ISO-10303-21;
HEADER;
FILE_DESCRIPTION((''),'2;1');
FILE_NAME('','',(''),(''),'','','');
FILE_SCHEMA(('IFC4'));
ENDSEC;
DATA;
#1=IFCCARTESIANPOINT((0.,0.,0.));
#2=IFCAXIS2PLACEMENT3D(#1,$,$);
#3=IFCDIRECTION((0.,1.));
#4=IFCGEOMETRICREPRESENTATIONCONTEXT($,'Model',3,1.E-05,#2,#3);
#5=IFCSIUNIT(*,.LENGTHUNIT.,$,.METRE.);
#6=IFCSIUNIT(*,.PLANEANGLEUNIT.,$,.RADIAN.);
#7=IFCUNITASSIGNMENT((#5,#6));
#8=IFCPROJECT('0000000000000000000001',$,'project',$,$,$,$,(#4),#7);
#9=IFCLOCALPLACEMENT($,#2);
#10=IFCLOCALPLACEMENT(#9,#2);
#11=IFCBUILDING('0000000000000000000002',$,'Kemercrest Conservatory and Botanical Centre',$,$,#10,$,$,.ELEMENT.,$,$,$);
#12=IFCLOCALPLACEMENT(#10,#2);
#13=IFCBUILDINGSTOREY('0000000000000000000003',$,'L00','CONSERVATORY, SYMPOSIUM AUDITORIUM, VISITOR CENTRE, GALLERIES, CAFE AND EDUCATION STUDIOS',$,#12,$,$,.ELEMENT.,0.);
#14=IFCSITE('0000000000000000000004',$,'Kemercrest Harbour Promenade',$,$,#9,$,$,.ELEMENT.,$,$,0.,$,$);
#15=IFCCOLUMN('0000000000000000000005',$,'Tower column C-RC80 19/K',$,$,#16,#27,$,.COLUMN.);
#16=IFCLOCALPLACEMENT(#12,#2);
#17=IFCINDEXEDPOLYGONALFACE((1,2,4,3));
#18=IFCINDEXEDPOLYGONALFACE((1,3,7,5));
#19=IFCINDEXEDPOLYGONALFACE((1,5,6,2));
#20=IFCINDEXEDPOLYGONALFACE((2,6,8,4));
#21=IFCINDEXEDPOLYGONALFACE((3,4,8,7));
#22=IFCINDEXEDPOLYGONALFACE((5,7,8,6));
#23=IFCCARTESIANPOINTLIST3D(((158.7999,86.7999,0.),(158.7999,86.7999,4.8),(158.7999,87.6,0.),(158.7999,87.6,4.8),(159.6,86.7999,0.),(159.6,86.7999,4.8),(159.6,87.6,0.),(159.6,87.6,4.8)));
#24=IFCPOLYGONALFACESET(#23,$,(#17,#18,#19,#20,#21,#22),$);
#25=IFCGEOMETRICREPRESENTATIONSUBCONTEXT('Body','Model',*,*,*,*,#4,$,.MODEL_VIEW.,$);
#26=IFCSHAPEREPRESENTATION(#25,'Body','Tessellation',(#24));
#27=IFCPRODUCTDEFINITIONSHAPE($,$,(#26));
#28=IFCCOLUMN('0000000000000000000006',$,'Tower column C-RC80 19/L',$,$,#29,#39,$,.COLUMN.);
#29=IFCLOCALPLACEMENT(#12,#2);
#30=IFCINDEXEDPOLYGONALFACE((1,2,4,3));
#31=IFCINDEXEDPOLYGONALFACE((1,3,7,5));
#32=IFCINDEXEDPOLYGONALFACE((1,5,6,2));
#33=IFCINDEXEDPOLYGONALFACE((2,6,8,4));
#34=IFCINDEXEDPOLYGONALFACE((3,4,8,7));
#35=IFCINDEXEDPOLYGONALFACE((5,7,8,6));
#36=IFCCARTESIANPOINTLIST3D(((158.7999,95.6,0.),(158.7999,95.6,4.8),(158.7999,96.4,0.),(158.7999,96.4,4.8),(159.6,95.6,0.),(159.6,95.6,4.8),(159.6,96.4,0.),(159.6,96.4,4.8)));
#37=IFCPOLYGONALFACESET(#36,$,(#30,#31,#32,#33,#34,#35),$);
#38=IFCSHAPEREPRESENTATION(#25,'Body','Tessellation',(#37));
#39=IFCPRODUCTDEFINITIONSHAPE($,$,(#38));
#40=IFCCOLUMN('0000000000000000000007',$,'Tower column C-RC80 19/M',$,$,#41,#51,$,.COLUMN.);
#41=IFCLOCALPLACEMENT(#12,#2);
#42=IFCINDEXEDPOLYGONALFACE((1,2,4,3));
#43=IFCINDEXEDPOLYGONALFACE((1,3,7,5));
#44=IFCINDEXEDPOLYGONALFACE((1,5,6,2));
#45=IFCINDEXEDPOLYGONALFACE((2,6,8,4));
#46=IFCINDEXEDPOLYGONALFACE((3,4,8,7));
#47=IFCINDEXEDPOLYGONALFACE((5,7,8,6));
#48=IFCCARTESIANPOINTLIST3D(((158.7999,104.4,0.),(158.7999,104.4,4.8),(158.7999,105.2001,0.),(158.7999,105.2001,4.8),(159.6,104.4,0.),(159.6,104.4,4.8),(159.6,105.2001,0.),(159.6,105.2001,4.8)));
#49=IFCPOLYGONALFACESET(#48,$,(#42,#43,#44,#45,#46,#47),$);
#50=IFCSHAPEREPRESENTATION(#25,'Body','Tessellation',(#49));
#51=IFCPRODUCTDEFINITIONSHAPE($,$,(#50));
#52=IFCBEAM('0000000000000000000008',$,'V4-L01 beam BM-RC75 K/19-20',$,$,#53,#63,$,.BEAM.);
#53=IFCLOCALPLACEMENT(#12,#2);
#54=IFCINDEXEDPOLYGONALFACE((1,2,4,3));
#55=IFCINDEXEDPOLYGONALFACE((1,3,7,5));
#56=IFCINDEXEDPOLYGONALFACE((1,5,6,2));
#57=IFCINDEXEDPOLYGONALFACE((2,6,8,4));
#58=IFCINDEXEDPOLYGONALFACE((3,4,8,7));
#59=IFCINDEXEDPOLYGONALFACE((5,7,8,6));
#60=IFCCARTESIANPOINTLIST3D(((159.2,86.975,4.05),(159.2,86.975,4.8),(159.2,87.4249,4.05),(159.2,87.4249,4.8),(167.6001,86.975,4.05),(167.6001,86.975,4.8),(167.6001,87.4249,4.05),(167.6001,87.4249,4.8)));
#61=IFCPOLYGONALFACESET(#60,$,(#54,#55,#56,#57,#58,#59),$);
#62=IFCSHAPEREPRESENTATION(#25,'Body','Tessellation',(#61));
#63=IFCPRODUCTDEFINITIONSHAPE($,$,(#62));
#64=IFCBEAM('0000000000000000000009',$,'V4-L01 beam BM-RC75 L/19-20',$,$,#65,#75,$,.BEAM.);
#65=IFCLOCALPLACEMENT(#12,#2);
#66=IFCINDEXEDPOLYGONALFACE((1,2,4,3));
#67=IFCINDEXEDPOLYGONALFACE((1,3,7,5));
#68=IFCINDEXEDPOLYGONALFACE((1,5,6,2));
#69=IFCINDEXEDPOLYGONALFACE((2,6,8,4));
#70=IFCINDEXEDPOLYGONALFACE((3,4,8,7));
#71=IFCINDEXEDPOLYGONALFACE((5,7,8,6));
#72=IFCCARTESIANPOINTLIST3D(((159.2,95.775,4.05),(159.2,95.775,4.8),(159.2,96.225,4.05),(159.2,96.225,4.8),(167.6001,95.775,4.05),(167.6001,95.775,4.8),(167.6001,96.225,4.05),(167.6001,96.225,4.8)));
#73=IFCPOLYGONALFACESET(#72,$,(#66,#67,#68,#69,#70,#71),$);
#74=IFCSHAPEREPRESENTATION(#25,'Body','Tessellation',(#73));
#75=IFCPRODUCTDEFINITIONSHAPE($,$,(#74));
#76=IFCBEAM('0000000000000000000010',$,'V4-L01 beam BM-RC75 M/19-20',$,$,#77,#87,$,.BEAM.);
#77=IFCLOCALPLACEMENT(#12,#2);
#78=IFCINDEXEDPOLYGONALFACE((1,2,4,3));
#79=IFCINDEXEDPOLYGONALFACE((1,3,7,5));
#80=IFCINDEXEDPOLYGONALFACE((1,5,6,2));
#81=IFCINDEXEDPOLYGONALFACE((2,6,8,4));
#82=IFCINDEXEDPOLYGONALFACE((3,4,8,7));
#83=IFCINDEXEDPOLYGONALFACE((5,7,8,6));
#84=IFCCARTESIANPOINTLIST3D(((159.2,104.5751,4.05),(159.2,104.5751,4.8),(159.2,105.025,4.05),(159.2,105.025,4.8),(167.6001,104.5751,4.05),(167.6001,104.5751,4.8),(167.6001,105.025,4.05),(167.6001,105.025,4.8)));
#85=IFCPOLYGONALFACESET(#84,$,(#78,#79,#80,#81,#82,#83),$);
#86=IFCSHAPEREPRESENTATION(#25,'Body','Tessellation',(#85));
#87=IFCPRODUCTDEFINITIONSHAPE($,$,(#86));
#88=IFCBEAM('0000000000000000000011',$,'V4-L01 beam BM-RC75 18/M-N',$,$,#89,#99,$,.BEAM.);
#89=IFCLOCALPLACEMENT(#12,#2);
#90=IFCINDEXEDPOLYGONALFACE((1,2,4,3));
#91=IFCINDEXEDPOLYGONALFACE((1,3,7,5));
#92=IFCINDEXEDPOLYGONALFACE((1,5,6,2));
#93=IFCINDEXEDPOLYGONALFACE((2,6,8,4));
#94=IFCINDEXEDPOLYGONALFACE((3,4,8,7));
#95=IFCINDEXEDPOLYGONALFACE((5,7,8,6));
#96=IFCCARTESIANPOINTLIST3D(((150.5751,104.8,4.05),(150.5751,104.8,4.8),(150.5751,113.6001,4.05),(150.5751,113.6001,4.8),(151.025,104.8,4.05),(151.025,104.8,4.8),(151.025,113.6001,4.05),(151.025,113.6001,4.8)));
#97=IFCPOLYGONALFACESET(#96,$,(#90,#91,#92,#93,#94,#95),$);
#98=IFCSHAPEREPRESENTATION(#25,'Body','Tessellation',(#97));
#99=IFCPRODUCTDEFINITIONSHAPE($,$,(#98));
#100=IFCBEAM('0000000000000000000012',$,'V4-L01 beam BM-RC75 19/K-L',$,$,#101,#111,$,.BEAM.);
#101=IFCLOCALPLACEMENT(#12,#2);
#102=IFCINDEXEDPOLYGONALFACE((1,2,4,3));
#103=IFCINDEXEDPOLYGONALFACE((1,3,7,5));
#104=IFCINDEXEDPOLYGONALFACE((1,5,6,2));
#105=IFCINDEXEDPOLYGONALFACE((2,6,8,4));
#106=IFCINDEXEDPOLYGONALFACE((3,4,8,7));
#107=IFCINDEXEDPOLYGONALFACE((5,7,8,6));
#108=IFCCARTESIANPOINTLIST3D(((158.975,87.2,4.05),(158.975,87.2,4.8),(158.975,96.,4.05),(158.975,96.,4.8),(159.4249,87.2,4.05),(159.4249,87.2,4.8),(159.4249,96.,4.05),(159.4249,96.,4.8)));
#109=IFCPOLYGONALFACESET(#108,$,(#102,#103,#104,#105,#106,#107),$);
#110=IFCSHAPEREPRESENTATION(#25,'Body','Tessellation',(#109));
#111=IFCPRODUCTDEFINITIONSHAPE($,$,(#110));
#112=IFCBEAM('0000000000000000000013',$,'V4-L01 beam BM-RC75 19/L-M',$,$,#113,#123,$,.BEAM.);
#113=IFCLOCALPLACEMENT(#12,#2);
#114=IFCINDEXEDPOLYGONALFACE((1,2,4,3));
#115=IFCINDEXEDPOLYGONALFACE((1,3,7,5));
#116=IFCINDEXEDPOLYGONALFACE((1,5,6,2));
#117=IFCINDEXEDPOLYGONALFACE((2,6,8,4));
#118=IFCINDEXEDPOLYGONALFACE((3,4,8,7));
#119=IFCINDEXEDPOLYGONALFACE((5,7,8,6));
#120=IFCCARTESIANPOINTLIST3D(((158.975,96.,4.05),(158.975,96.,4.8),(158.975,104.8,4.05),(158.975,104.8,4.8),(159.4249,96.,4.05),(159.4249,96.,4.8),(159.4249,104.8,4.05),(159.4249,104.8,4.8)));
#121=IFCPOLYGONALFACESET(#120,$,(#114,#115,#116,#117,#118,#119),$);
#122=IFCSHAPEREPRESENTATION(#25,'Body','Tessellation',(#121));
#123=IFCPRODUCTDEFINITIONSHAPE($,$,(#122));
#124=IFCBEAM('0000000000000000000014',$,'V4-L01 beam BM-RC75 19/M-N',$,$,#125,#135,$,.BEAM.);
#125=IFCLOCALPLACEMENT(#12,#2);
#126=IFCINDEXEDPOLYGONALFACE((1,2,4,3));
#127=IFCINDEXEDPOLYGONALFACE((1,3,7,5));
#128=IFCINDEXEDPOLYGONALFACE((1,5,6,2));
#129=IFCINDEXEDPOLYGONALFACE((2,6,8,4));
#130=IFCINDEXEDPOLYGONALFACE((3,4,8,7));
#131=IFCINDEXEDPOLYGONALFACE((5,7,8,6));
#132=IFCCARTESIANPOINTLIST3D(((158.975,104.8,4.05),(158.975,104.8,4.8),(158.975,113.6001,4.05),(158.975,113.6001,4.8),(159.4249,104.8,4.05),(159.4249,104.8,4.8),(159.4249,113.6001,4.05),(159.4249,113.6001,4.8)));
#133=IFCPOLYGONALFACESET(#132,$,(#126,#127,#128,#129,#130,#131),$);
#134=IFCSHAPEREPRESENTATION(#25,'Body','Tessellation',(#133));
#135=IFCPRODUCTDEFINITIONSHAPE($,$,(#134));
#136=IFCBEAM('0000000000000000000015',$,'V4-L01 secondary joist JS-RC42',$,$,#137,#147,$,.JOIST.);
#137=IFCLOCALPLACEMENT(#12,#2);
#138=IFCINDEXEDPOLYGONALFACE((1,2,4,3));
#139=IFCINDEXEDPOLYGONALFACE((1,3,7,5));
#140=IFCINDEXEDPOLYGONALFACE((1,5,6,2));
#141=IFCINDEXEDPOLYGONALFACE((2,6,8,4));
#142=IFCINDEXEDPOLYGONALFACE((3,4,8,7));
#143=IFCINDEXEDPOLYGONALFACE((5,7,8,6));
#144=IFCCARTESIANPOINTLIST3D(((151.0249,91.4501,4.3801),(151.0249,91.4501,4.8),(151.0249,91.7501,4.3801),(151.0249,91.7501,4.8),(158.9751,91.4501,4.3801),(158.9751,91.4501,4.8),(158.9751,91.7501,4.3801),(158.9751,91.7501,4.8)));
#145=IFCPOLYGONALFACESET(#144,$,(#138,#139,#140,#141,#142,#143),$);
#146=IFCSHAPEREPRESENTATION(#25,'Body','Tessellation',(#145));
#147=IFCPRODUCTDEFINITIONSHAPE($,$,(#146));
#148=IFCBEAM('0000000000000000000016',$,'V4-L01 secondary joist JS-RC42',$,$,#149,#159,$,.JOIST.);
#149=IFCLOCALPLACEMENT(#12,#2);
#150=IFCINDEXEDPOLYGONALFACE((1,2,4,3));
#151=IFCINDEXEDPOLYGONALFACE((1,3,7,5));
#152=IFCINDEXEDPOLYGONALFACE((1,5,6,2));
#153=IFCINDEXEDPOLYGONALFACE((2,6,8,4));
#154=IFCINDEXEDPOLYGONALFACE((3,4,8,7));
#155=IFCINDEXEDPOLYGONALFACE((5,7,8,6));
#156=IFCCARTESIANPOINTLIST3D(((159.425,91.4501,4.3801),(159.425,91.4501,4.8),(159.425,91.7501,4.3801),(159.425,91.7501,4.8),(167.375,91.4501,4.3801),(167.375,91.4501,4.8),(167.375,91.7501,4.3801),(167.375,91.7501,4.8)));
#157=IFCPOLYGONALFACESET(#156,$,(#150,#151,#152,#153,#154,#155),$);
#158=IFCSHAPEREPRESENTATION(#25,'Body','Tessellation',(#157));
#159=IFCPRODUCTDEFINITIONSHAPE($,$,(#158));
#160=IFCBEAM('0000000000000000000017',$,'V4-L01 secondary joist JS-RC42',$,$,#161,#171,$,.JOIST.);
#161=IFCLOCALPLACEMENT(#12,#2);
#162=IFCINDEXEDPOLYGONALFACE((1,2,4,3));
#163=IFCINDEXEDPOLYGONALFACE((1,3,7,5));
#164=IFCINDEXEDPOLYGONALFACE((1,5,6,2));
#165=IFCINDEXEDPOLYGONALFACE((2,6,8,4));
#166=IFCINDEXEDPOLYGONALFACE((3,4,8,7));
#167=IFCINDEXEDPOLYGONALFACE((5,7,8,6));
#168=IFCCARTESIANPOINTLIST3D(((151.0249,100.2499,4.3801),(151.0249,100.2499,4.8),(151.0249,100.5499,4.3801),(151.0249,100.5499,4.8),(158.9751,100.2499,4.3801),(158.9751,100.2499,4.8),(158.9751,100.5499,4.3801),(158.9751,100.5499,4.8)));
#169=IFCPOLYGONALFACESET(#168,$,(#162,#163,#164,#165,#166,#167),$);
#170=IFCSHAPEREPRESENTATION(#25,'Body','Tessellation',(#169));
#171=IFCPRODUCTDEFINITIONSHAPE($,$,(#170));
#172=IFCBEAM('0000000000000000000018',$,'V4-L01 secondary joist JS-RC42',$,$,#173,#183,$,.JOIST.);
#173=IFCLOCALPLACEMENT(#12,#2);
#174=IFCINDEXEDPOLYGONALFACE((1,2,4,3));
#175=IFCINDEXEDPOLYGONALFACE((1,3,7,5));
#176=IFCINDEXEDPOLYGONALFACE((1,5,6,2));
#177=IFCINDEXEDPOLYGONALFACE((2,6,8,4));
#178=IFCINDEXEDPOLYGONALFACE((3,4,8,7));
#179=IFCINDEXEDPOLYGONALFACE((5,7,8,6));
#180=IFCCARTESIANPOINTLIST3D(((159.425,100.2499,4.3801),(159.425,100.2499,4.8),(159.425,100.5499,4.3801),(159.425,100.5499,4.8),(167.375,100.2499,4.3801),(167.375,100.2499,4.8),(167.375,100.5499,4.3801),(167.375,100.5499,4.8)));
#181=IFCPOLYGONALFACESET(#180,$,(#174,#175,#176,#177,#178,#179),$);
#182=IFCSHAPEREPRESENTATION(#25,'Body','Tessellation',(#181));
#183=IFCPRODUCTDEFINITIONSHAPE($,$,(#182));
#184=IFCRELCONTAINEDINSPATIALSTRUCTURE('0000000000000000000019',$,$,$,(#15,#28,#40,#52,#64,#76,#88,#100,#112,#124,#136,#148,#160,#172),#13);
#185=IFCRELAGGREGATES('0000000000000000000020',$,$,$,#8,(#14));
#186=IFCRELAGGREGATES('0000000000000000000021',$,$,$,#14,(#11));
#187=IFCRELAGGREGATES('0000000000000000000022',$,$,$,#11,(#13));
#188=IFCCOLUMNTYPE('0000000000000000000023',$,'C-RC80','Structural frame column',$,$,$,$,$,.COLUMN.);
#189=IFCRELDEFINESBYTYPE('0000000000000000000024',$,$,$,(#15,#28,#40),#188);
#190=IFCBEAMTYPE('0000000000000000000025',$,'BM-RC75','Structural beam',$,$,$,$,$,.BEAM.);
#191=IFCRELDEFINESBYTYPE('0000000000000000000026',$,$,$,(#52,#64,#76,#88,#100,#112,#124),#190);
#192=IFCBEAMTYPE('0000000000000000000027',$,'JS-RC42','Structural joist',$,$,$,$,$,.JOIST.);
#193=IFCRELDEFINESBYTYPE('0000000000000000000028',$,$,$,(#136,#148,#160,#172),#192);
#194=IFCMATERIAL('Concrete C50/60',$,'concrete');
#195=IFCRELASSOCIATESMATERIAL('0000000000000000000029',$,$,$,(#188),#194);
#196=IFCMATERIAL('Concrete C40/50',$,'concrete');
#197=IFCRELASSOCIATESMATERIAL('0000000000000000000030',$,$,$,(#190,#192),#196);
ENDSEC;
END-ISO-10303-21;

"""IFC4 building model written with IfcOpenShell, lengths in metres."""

from ifc_helpers import new_model, si_unit, direction, frame, origin, origin_2d, place, context, subcontext, project, spatial, rectangle, extrude, material, material_profile, profile_set, type_object, element, save


model = new_model("IFC4")

# Units and contexts
model_context = context("Model", 3, precision=1e-05, world=origin(), true_north=direction((0.0, 1.0)))
body_context = subcontext(model_context, "Body", "Model", "MODEL_VIEW")
ifc_project = project(units=[si_unit("LENGTHUNIT", "METRE"), si_unit("PLANEANGLEUNIT", "RADIAN")], contexts=[model_context])

# Site, building, storey
site_placement = place(None, origin())
site = spatial("IfcSite", under=ifc_project, at=site_placement, Name="Kemercrest Harbour Promenade", CompositionType="ELEMENT", RefElevation=0.0)
building_placement = place(site_placement, origin())
building = spatial("IfcBuilding", under=site, at=building_placement, Name="Kemercrest Conservatory and Botanical Centre", CompositionType="ELEMENT")
storey_placement = place(building_placement, origin())
storey = spatial("IfcBuildingStorey", under=building, at=storey_placement, Name="L00", Description="CONSERVATORY, SYMPOSIUM AUDITORIUM, VISITOR CENTRE, GALLERIES, CAFE AND EDUCATION STUDIOS", CompositionType="ELEMENT", Elevation=0.0)

# Columns
ifc_material_1 = material(Name="Concrete C50/60", Category="concrete")
ifc_material_profile_1 = material_profile(ifc_material_1, rectangle(XDim=0.8, YDim=0.8, at=origin_2d()), Name="RC 800x800")
ifc_profile_set_1 = profile_set([ifc_material_profile_1], Name="Concrete C50/60")
column_type = type_object("IfcColumnType", Name="C-RC80", Description="Structural frame column", PredefinedType="COLUMN", material=ifc_profile_set_1)
for number, where, z_axis, x_axis, name in (
    (1, (159.2, 87.2, 0.0), (0.0, 0.0, 1.0), (1.0, 0.0, 0.0), "Tower column C-RC80 19/K"),
    (2, (159.2, 96.0, 0.0), (0.0, 0.0, 1.0), (1.0, 0.0, 0.0), "Tower column C-RC80 19/L"),
    (3, (159.2, 104.8, 0.0), (0.0, 0.0, 1.0), (1.0, 0.0, 0.0), "Tower column C-RC80 19/M"),
):
    element("IfcColumn", number, at=place(storey_placement, frame(where, z_axis=z_axis, x_axis=x_axis)), inside=storey, type_object=column_type, Name=name, PredefinedType="COLUMN", context=body_context, shape_type="SweptSolid", body=[
        extrude(rectangle(XDim=0.8, YDim=0.8, at=origin_2d()), origin(), (0.0, 0.0, 1.0), 4.8),
    ])

# Beams
ifc_material_2 = material(Name="Concrete C40/50", Category="concrete")
ifc_material_profile_2 = material_profile(ifc_material_2, rectangle(XDim=0.45, YDim=0.75, at=origin_2d()), Name="RC 450x750")
ifc_profile_set_2 = profile_set([ifc_material_profile_2], Name="Concrete C40/50")
beam_type_1 = type_object("IfcBeamType", Name="BM-RC75", Description="Structural beam", PredefinedType="BEAM", material=ifc_profile_set_2)
for number, where, z_axis, x_axis, name in (
    (4, (159.2, 87.2, 4.425), (1.0, 0.0, 0.0), (0.0, 1.0, 0.0), "V4-L01 beam BM-RC75 K/19-20"),
    (5, (159.2, 96.0, 4.425), (1.0, 0.0, 0.0), (0.0, 1.0, 0.0), "V4-L01 beam BM-RC75 L/19-20"),
    (6, (159.2, 104.8, 4.425), (1.0, 0.0, 0.0), (0.0, 1.0, 0.0), "V4-L01 beam BM-RC75 M/19-20"),
):
    element("IfcBeam", number, at=place(storey_placement, frame(where, z_axis=z_axis, x_axis=x_axis)), inside=storey, type_object=beam_type_1, Name=name, PredefinedType="BEAM", context=body_context, shape_type="SweptSolid", body=[
        extrude(rectangle(XDim=0.45, YDim=0.75, at=origin_2d()), origin(), (0.0, 0.0, 1.0), 8.4001),
    ])
for number, where, z_axis, x_axis, name in (
    (7, (150.8, 104.8, 4.425), (0.0, 1.0, 0.0), (-1.0, 0.0, 0.0), "V4-L01 beam BM-RC75 18/M-N"),
    (8, (159.2, 87.2, 4.425), (0.0, 1.0, 0.0), (-1.0, 0.0, 0.0), "V4-L01 beam BM-RC75 19/K-L"),
    (9, (159.2, 96.0, 4.425), (0.0, 1.0, 0.0), (-1.0, 0.0, 0.0), "V4-L01 beam BM-RC75 19/L-M"),
    (10, (159.2, 104.8, 4.425), (0.0, 1.0, 0.0), (-1.0, 0.0, 0.0), "V4-L01 beam BM-RC75 19/M-N"),
):
    element("IfcBeam", number, at=place(storey_placement, frame(where, z_axis=z_axis, x_axis=x_axis)), inside=storey, type_object=beam_type_1, Name=name, PredefinedType="BEAM", context=body_context, shape_type="SweptSolid", body=[
        extrude(rectangle(XDim=0.45, YDim=0.75, at=origin_2d()), origin(), (0.0, 0.0, 1.0), 8.8),
    ])
ifc_material_profile_3 = material_profile(ifc_material_2, rectangle(XDim=0.3, YDim=0.4199, at=origin_2d()), Name="RC 300x420")
ifc_profile_set_3 = profile_set([ifc_material_profile_3], Name="Concrete C40/50")
beam_type_2 = type_object("IfcBeamType", Name="JS-RC42", Description="Structural joist", PredefinedType="JOIST", material=ifc_profile_set_3)
beam_1_placement = place(storey_placement, frame((151.0249, 91.6001, 4.5901), z_axis=(1.0, 0.0, 0.0), x_axis=(0.0, 1.0, 0.0)))
element("IfcBeam", 11, at=beam_1_placement, inside=storey, type_object=beam_type_2, Name="V4-L01 secondary joist JS-RC42", PredefinedType="JOIST", context=body_context, shape_type="SweptSolid", body=[
    extrude(rectangle(XDim=0.3, YDim=0.4199, at=origin_2d()), origin(), (0.0, 0.0, 1.0), 7.9502),
])
beam_2_placement = place(storey_placement, frame((159.425, 91.6001, 4.5901), z_axis=(1.0, 0.0, 0.0), x_axis=(0.0, 1.0, 0.0)))
element("IfcBeam", 12, at=beam_2_placement, inside=storey, type_object=beam_type_2, Name="V4-L01 secondary joist JS-RC42", PredefinedType="JOIST", context=body_context, shape_type="SweptSolid", body=[
    extrude(rectangle(XDim=0.3, YDim=0.4199, at=origin_2d()), origin(), (0.0, 0.0, 1.0), 7.95),
])
beam_3_placement = place(storey_placement, frame((151.0249, 100.3999, 4.5901), z_axis=(1.0, 0.0, 0.0), x_axis=(0.0, 1.0, 0.0)))
element("IfcBeam", 13, at=beam_3_placement, inside=storey, type_object=beam_type_2, Name="V4-L01 secondary joist JS-RC42", PredefinedType="JOIST", context=body_context, shape_type="SweptSolid", body=[
    extrude(rectangle(XDim=0.3, YDim=0.4199, at=origin_2d()), origin(), (0.0, 0.0, 1.0), 7.9502),
])
beam_4_placement = place(storey_placement, frame((159.425, 100.3999, 4.5901), z_axis=(1.0, 0.0, 0.0), x_axis=(0.0, 1.0, 0.0)))
element("IfcBeam", 14, at=beam_4_placement, inside=storey, type_object=beam_type_2, Name="V4-L01 secondary joist JS-RC42", PredefinedType="JOIST", context=body_context, shape_type="SweptSolid", body=[
    extrude(rectangle(XDim=0.3, YDim=0.4199, at=origin_2d()), origin(), (0.0, 0.0, 1.0), 7.95),
])

save(model, "model.ifc")
